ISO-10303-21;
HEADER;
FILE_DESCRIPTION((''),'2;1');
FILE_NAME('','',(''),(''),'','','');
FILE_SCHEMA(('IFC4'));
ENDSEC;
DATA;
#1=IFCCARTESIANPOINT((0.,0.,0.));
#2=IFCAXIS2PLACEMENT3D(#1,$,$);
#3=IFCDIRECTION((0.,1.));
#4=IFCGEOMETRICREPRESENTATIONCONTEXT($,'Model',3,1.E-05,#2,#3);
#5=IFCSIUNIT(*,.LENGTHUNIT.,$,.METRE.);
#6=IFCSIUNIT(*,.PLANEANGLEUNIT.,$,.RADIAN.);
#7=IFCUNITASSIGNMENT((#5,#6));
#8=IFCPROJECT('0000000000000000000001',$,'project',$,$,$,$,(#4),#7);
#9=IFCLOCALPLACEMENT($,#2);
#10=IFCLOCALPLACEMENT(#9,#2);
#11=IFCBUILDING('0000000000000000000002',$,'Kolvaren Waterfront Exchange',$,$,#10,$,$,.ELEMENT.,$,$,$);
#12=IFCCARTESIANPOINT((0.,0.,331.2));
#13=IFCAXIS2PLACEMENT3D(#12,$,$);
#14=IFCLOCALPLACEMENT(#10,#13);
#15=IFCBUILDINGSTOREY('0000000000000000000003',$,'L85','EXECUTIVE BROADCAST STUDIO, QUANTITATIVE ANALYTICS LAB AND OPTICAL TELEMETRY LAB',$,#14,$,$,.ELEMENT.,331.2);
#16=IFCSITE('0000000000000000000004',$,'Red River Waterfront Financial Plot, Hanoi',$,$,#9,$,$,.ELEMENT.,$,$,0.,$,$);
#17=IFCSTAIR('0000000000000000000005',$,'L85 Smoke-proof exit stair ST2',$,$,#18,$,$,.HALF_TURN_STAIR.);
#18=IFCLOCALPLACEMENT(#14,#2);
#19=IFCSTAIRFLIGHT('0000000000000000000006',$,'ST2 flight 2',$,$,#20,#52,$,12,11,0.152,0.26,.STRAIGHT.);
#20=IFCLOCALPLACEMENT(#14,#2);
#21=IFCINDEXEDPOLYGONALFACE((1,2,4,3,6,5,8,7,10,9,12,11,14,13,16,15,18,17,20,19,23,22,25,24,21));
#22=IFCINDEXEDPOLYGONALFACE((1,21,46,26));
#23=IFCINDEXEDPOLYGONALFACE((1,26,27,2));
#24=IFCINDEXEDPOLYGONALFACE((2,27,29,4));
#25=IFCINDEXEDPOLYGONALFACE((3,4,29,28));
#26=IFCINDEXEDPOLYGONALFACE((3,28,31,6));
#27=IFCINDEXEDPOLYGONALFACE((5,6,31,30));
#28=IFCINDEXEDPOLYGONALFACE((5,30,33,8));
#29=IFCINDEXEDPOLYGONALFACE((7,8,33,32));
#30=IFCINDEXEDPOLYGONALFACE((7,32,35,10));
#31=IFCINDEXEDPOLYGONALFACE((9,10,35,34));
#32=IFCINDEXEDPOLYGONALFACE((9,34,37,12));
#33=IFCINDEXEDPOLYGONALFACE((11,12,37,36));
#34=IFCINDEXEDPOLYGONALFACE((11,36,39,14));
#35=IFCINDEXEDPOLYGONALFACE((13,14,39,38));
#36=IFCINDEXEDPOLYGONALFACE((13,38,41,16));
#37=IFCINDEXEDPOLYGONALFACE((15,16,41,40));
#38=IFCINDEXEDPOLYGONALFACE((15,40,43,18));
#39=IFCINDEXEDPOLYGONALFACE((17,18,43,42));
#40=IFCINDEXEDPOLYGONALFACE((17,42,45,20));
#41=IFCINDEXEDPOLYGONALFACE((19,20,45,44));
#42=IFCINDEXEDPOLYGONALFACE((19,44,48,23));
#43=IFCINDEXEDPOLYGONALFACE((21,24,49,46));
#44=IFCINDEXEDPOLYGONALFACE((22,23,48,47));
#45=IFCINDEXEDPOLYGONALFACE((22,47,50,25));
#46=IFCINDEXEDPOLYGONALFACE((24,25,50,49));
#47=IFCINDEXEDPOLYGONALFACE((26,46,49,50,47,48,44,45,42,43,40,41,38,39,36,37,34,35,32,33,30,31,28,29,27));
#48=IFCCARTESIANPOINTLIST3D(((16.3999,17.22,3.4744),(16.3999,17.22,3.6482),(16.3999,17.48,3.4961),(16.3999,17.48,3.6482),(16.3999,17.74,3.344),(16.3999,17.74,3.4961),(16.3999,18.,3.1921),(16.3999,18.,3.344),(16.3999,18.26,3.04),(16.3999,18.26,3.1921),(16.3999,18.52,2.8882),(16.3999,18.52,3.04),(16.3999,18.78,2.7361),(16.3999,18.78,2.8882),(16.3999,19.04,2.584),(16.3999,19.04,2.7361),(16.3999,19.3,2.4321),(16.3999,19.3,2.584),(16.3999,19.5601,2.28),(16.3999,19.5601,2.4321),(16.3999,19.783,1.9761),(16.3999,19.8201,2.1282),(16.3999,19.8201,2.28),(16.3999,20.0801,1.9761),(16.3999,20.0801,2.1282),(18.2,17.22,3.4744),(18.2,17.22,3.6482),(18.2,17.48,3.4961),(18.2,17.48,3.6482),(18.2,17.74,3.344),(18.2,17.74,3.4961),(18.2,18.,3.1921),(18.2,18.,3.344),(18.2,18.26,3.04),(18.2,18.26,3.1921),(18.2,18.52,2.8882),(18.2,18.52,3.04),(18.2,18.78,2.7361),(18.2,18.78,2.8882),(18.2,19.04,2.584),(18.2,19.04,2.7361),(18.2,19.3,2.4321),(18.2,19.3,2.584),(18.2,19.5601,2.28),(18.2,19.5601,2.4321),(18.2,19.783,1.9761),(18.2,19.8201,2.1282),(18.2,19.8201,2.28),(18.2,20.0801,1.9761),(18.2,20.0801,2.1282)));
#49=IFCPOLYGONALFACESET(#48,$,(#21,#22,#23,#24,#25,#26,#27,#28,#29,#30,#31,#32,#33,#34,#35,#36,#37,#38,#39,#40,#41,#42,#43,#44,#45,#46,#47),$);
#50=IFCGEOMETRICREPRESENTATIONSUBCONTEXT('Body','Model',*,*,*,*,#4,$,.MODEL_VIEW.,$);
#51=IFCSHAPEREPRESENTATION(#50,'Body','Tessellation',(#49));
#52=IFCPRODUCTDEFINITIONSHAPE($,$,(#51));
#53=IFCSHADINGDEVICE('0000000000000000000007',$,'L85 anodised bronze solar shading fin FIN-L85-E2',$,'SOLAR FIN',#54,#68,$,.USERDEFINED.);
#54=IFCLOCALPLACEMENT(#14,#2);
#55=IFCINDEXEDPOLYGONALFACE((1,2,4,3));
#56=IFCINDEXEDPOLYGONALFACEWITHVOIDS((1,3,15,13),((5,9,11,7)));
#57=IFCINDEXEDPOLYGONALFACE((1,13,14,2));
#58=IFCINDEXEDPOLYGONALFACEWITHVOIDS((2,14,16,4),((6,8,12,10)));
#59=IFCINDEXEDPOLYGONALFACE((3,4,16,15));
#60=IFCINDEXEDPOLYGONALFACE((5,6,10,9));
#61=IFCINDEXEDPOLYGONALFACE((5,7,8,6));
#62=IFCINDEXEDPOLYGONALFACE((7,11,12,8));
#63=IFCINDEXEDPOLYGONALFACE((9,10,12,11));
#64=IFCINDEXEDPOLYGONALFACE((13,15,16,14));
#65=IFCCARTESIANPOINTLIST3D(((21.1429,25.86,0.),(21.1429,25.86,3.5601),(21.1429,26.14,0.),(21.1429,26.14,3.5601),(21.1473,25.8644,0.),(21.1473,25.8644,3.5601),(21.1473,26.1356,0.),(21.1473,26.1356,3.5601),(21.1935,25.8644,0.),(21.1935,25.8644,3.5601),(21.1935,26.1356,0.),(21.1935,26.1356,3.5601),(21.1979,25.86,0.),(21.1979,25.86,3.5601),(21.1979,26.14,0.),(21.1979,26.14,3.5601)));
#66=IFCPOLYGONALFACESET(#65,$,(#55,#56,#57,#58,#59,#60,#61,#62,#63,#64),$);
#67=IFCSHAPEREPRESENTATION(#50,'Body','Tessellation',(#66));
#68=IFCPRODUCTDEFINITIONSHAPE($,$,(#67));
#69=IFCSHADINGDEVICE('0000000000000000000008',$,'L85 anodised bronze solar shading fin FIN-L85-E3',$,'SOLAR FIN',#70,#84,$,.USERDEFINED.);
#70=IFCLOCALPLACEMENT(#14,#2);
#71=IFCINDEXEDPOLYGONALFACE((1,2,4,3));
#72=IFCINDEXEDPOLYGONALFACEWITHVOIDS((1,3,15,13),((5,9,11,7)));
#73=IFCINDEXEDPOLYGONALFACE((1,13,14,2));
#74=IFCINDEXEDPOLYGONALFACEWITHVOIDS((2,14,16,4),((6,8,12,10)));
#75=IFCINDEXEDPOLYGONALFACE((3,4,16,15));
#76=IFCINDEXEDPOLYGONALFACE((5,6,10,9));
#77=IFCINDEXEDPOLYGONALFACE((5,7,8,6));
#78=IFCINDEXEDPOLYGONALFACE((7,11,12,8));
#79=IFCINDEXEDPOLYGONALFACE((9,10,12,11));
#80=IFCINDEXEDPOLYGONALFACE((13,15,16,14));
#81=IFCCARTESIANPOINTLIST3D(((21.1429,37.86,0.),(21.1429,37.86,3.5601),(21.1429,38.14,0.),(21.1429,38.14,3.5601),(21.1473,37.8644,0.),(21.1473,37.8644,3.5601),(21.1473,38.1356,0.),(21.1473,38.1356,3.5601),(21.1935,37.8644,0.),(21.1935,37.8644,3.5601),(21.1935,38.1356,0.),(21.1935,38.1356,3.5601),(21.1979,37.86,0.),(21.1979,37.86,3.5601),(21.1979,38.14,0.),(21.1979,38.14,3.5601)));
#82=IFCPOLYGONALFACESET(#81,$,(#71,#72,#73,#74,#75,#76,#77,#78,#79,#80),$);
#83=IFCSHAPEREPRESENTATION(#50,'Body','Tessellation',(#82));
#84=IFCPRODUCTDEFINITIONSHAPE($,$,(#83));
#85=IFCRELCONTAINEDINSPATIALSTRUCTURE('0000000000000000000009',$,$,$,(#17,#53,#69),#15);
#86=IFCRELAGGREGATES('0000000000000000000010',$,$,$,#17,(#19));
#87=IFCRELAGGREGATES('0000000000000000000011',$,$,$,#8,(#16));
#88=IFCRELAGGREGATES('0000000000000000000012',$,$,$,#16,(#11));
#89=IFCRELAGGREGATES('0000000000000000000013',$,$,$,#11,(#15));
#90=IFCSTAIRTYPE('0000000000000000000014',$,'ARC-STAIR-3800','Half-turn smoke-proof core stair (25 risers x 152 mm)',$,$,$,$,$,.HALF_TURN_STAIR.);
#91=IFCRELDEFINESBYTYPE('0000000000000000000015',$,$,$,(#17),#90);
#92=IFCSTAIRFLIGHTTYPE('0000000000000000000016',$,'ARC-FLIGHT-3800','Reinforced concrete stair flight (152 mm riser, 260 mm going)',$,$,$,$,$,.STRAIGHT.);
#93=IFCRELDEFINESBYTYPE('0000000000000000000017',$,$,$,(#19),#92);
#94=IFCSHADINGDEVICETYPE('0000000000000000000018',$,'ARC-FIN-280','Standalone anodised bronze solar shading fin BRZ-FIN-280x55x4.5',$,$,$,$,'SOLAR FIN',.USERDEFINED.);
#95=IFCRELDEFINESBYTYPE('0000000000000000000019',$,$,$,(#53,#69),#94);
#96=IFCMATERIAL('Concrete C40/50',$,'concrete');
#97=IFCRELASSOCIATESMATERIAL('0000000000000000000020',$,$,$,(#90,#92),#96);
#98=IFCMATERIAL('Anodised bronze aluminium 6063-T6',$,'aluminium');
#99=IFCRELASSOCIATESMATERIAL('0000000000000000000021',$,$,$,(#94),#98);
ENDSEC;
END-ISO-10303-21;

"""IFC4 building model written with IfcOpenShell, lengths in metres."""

from ifc_helpers import new_model, si_unit, direction, frame, origin, origin_2d, place, context, subcontext, project, spatial, polyline, hollow_rectangle, outline, extrude, material, material_profile, profile_set, type_object, element, aggregate, save


model = new_model("IFC4")

# Units and contexts
model_context = context("Model", 3, precision=1e-05, world=origin(), true_north=direction((0.0, 1.0)))
body_context = subcontext(model_context, "Body", "Model", "MODEL_VIEW")
ifc_project = project(units=[si_unit("LENGTHUNIT", "METRE"), si_unit("PLANEANGLEUNIT", "RADIAN")], contexts=[model_context])

# Site, building, storey
site_placement = place(None, origin())
site = spatial("IfcSite", under=ifc_project, at=site_placement, Name="Red River Waterfront Financial Plot, Hanoi", CompositionType="ELEMENT", RefElevation=0.0)
building_placement = place(site_placement, origin())
building = spatial("IfcBuilding", under=site, at=building_placement, Name="Kolvaren Waterfront Exchange", CompositionType="ELEMENT")
storey_placement = place(building_placement, frame((0.0, 0.0, 331.2)))
storey = spatial("IfcBuildingStorey", under=building, at=storey_placement, Name="L85", Description="EXECUTIVE BROADCAST STUDIO, QUANTITATIVE ANALYTICS LAB AND OPTICAL TELEMETRY LAB", CompositionType="ELEMENT", Elevation=331.2)

# Shared definitions
ifc_material_1 = material(Name="Anodised bronze aluminium 6063-T6", Category="aluminium")

# Stair, stair flight
ifc_material_2 = material(Name="Concrete C40/50", Category="concrete")
stair_type = type_object("IfcStairType", Name="ARC-STAIR-3800", Description="Half-turn smoke-proof core stair (25 risers x 152 mm)", PredefinedType="HALF_TURN_STAIR", material=ifc_material_2)
stair_placement = place(storey_placement, origin())
stair = element("IfcStair", 1, at=stair_placement, inside=storey, type_object=stair_type, Name="L85 Smoke-proof exit stair ST2", PredefinedType="HALF_TURN_STAIR")
stair_flight_type = type_object("IfcStairFlightType", Name="ARC-FLIGHT-3800", Description="Reinforced concrete stair flight (152 mm riser, 260 mm going)", PredefinedType="STRAIGHT", material=ifc_material_2)
stair_flight_placement = place(storey_placement, frame((17.3, 20.0801, 1.9761), z_axis=(0.0, 0.0, 1.0), x_axis=(0.0, -1.0, 0.0)))
stair_flight = element("IfcStairFlight", 2, at=stair_flight_placement, type_object=stair_flight_type, Name="ST2 flight 2", NumberOfRisers=12, NumberOfTreads=11, PredefinedType="STRAIGHT", RiserHeight=0.152, TreadLength=0.26, context=body_context, shape_type="SweptSolid", body=[
    extrude(outline(polyline([(0.0, 0.0), (0.0, 0.1521), (0.26, 0.1521), (0.26, 0.304), (0.52, 0.304), (0.52, 0.4561), (0.78, 0.4561), (0.78, 0.6079), (1.04, 0.6079), (1.04, 0.76), (1.3, 0.76), (1.3, 0.9121), (1.5601, 0.9121), (1.5601, 1.064), (1.8201, 1.064), (1.8201, 1.2161), (2.0801, 1.2161), (2.0801, 1.3679), (2.3401, 1.3679), (2.3401, 1.52), (2.6001, 1.52), (2.6001, 1.6721), (2.8601, 1.6721), (2.8601, 1.824), (2.8601, 1.4983), (0.2971, 0.0), (0.0, 0.0)])), frame((0.0, 0.8999, 0.0), z_axis=(0.0, -1.0, 0.0), x_axis=(1.0, 0.0, 0.0)), (0.0, 0.0, 1.0), 1.8),
])
aggregate(stair, [stair_flight])

# Shading devices
ifc_material_profile_1 = material_profile(ifc_material_1, hollow_rectangle(XDim=0.0549, YDim=0.28, WallThickness=0.0044, at=origin_2d()), Name="BRZ-FIN-280x55x4.5")
ifc_profile_set_1 = profile_set([ifc_material_profile_1], Name="Anodised bronze aluminium 6063-T6")
shading_device_type = type_object("IfcShadingDeviceType", Name="ARC-FIN-280", Description="Standalone anodised bronze solar shading fin BRZ-FIN-280x55x4.5", ElementType="SOLAR FIN", PredefinedType="USERDEFINED", material=ifc_profile_set_1)
for number, where, z_axis, x_axis, name in (
    (3, (21.1704, 26.0, 0.0), (0.0, 0.0, 1.0), (1.0, 0.0, 0.0), "L85 anodised bronze solar shading fin FIN-L85-E2"),
    (4, (21.1704, 38.0, 0.0), (0.0, 0.0, 1.0), (1.0, 0.0, 0.0), "L85 anodised bronze solar shading fin FIN-L85-E3"),
):
    element("IfcShadingDevice", number, at=place(storey_placement, frame(where, z_axis=z_axis, x_axis=x_axis)), inside=storey, type_object=shading_device_type, Name=name, ObjectType="SOLAR FIN", PredefinedType="USERDEFINED", context=body_context, shape_type="SweptSolid", body=[
        extrude(hollow_rectangle(XDim=0.0549, YDim=0.28, WallThickness=0.0044, at=origin_2d()), origin(), (0.0, 0.0, 1.0), 3.5601),
    ])

save(model, "model.ifc")
